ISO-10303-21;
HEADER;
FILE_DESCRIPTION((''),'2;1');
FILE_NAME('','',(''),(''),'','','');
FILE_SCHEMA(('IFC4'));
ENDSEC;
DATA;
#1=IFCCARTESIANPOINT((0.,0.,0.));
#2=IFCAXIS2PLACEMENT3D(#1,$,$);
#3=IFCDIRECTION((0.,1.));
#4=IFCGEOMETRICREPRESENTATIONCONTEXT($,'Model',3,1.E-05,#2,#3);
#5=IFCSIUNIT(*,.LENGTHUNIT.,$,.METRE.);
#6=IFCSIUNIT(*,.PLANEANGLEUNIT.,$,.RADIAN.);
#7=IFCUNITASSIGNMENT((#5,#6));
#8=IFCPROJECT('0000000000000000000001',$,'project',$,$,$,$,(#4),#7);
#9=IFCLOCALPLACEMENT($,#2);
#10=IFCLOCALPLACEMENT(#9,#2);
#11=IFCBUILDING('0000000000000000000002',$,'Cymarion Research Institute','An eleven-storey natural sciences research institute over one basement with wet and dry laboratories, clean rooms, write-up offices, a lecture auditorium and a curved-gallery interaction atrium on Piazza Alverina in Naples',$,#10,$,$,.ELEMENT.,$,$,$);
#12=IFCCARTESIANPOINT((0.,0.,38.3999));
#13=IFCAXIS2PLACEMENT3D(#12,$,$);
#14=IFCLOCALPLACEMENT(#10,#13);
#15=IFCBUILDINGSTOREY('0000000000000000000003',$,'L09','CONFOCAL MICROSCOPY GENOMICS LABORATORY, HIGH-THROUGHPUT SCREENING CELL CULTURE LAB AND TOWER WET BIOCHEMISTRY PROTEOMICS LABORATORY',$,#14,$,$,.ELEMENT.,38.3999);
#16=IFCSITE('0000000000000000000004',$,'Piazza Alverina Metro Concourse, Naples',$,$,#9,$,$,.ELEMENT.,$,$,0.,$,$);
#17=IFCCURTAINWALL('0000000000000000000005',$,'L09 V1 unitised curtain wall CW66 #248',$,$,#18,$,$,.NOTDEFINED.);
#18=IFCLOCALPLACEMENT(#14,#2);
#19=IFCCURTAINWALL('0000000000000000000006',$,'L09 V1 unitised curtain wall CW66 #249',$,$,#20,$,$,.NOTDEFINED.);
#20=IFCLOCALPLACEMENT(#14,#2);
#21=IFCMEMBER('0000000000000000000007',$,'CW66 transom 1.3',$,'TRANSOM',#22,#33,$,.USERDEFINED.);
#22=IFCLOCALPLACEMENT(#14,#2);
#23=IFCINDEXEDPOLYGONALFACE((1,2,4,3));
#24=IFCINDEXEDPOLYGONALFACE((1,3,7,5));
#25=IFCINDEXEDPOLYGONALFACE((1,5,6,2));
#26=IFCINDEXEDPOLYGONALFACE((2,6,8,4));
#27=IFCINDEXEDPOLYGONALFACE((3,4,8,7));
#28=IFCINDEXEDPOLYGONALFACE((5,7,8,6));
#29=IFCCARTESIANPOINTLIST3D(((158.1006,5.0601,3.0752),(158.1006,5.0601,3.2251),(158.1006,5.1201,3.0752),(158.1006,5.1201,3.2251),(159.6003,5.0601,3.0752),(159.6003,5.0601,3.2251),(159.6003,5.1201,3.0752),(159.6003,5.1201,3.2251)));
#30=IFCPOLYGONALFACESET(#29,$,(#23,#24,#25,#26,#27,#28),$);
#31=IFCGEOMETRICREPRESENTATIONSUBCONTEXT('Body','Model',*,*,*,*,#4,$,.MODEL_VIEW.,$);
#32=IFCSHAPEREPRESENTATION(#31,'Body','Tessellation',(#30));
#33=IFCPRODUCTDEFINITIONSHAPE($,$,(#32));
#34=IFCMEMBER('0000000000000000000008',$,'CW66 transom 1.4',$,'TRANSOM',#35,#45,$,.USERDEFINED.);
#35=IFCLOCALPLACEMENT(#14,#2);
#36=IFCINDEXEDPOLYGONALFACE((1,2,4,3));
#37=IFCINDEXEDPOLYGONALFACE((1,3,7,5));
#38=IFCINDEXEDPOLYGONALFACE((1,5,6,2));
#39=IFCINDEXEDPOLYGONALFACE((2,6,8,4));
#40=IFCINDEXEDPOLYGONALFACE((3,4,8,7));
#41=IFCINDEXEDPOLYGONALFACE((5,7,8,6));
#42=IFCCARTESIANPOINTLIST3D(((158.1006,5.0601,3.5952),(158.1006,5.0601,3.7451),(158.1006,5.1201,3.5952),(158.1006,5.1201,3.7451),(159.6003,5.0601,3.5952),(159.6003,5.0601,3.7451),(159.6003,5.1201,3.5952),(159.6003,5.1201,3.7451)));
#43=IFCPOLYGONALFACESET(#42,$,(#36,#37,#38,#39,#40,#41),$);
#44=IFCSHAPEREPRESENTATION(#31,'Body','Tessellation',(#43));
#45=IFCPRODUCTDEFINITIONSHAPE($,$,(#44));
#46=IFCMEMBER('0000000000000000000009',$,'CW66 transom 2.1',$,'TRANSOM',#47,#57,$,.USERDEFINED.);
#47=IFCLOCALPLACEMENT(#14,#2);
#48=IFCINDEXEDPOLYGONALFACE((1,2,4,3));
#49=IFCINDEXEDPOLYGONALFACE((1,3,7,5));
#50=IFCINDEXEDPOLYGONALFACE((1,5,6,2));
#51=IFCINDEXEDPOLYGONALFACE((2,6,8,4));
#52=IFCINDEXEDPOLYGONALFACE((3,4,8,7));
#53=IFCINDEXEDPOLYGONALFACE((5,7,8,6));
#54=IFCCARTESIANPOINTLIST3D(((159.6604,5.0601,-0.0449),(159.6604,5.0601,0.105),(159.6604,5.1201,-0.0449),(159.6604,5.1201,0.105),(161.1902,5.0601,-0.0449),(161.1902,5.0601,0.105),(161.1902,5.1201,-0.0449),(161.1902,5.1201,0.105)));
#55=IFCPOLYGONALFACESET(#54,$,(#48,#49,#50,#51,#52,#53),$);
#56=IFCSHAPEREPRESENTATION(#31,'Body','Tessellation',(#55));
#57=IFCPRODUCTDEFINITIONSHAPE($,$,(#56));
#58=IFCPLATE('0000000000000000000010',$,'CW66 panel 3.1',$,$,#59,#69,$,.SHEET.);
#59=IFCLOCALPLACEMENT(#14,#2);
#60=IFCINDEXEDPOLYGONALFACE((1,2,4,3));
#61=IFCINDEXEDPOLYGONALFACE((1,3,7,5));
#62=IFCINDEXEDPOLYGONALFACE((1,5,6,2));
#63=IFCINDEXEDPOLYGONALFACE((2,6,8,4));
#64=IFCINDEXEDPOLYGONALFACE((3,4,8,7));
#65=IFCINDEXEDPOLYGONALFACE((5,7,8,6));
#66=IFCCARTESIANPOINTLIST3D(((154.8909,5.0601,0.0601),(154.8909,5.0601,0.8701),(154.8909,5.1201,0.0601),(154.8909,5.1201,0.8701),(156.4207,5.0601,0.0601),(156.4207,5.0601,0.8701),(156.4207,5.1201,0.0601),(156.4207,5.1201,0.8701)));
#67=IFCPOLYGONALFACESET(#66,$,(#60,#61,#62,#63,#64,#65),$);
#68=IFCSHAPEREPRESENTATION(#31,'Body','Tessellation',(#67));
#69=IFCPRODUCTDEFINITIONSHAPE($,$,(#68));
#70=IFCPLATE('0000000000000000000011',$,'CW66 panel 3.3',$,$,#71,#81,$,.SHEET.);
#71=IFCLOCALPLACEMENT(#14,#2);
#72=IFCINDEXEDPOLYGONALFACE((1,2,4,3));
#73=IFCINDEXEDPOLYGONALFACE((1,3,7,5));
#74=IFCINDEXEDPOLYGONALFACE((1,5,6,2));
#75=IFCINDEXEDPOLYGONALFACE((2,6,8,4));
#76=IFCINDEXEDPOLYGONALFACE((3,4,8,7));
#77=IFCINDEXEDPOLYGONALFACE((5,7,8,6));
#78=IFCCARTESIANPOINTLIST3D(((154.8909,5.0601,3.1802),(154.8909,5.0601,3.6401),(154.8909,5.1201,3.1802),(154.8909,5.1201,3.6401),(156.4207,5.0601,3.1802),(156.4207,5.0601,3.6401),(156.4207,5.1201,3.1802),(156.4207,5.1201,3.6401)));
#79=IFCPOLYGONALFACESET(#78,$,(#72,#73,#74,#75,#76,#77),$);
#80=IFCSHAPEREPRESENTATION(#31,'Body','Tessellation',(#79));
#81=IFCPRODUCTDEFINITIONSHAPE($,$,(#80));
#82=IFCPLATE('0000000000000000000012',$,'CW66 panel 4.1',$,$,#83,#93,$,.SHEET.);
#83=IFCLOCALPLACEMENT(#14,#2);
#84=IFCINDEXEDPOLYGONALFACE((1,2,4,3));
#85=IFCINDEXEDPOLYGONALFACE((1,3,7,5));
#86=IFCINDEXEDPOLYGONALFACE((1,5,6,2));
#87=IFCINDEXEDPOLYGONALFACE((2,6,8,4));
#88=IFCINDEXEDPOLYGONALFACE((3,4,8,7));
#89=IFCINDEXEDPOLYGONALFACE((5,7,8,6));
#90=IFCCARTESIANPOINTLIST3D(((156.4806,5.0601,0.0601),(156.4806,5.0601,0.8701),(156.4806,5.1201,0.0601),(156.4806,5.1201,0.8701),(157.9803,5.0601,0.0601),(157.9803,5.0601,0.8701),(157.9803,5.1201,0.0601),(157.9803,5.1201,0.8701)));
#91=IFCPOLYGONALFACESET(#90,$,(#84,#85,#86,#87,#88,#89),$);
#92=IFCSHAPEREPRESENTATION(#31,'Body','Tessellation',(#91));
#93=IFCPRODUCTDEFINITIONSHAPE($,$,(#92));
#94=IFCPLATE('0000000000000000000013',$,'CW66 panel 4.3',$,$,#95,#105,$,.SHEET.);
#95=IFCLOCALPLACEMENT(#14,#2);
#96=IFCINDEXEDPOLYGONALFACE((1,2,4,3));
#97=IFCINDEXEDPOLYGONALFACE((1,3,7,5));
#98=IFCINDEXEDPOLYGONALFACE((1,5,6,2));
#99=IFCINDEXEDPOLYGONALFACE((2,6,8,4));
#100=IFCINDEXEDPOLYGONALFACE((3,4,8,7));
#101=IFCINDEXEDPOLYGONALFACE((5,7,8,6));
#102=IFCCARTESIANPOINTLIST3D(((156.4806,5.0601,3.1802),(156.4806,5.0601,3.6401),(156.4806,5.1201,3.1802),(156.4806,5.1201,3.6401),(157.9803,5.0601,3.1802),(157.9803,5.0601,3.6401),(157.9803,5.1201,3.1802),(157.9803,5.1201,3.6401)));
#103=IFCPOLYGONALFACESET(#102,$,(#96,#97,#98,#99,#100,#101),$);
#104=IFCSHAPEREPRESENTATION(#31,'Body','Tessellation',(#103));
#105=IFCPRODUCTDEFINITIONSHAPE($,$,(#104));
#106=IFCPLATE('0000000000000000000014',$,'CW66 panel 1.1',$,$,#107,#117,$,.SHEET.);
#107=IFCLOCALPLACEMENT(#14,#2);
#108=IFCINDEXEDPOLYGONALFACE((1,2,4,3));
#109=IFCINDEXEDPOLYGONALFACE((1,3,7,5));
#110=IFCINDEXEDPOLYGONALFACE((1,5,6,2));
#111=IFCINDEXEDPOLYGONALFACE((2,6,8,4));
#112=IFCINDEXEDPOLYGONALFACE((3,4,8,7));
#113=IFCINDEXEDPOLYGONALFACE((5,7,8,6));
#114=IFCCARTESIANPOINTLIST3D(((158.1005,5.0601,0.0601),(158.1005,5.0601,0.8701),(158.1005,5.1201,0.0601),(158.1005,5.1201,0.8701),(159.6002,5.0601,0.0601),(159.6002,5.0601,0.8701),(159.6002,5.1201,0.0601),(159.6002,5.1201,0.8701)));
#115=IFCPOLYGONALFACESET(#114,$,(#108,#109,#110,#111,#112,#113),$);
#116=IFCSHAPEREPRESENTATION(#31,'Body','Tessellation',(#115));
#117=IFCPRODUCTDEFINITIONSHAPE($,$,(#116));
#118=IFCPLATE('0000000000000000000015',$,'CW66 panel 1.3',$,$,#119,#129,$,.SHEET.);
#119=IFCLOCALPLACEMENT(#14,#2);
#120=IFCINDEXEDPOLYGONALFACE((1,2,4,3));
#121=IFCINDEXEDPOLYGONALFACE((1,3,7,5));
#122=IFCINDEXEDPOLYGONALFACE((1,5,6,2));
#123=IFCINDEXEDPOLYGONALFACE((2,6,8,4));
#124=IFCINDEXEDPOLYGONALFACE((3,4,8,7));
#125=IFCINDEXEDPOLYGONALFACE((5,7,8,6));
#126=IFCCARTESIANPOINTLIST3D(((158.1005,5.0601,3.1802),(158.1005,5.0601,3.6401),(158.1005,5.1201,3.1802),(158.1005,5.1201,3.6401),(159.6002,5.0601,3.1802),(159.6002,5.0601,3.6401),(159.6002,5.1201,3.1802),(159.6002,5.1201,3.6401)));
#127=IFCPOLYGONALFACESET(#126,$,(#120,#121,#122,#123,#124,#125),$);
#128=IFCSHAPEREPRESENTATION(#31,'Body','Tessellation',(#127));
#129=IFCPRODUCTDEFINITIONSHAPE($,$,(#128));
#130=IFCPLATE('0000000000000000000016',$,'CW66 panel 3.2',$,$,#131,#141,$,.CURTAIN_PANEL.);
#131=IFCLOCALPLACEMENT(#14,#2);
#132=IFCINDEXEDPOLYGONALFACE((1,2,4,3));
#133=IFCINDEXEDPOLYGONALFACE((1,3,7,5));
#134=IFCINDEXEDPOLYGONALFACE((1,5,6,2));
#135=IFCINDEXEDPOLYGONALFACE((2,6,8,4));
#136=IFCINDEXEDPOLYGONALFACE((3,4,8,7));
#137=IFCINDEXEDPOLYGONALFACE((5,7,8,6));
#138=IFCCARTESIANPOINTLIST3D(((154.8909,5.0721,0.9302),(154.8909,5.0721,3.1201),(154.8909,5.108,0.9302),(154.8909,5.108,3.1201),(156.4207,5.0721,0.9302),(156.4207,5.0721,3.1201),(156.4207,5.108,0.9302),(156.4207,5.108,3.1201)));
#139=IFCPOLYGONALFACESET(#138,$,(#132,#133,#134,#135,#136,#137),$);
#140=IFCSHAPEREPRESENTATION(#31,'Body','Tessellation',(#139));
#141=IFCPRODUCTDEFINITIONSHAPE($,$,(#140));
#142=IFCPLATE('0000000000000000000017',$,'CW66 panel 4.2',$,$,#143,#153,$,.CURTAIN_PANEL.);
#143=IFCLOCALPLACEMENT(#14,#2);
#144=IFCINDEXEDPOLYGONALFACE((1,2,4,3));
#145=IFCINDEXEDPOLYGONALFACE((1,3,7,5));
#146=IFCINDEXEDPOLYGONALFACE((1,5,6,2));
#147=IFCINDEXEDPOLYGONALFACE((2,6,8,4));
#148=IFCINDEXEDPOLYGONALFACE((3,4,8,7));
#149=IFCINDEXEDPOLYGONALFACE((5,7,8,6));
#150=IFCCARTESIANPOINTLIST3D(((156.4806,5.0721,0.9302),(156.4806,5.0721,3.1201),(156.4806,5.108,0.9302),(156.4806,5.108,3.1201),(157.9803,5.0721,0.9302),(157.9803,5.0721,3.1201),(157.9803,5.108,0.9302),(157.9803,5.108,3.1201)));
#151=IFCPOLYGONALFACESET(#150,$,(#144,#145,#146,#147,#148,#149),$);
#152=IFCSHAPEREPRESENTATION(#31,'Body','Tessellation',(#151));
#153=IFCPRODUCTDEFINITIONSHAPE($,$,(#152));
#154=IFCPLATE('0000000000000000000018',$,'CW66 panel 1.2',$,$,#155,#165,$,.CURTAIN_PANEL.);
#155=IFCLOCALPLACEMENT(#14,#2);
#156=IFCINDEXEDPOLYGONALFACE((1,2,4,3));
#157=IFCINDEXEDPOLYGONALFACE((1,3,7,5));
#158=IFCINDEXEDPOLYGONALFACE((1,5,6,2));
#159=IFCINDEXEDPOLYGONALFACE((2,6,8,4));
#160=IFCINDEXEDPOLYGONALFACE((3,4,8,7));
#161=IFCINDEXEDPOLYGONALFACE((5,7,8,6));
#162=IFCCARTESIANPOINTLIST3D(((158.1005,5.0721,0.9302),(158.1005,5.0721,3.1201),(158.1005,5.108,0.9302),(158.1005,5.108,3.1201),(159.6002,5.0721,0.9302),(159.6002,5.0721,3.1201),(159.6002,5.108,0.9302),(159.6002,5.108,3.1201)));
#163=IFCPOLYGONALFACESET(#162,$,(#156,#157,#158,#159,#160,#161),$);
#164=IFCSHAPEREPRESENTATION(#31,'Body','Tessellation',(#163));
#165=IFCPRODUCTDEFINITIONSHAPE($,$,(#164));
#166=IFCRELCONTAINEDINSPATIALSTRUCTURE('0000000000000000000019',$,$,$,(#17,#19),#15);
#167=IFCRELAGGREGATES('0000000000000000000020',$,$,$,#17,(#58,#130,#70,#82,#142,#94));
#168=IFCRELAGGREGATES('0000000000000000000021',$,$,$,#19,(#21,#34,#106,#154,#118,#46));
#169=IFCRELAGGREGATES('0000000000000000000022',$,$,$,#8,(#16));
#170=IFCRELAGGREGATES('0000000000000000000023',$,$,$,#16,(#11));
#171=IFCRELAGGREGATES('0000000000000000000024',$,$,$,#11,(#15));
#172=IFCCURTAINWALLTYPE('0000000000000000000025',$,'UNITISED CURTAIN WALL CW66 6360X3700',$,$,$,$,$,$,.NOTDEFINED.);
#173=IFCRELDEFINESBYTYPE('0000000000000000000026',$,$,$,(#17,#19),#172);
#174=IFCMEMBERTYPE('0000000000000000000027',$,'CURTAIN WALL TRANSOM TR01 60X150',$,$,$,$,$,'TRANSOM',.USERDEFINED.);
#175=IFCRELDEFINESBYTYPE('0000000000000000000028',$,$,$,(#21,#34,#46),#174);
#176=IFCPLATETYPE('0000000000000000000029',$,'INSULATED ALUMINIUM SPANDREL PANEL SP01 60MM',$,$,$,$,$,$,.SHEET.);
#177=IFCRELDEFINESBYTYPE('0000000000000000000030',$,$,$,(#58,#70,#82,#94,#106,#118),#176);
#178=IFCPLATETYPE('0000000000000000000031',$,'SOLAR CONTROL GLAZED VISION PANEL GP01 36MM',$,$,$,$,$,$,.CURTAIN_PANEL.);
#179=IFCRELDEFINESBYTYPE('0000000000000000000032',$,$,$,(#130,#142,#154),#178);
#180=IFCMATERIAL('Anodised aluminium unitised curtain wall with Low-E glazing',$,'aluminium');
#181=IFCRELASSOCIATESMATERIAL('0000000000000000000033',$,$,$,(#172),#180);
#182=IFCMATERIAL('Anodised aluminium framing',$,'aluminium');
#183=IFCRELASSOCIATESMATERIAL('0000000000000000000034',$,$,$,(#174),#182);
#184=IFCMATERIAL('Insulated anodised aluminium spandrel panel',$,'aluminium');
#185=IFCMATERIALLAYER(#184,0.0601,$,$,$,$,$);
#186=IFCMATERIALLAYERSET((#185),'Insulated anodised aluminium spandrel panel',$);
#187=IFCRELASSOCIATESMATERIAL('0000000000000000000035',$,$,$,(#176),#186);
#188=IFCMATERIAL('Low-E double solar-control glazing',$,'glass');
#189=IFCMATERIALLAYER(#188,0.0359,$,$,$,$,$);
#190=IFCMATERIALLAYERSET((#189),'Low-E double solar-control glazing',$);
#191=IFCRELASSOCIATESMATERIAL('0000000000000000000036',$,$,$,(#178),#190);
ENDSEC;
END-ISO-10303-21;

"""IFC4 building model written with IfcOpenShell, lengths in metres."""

from ifc_helpers import new_model, si_unit, direction, frame, origin, origin_2d, place, context, subcontext, project, spatial, rectangle, extrude, material, layer, layer_set, material_profile, profile_set, type_object, element, aggregate, save


model = new_model("IFC4")

# Units and contexts
model_context = context("Model", 3, precision=1e-05, world=origin(), true_north=direction((0.0, 1.0)))
body_context = subcontext(model_context, "Body", "Model", "MODEL_VIEW")
ifc_project = project(units=[si_unit("LENGTHUNIT", "METRE"), si_unit("PLANEANGLEUNIT", "RADIAN")], contexts=[model_context])

# Site, building, storey
site_placement = place(None, origin())
site = spatial("IfcSite", under=ifc_project, at=site_placement, Name="Piazza Alverina Metro Concourse, Naples", CompositionType="ELEMENT", RefElevation=0.0)
building_placement = place(site_placement, origin())
building = spatial("IfcBuilding", under=site, at=building_placement, Name="Cymarion Research Institute", Description="An eleven-storey natural sciences research institute over one basement with wet and dry laboratories, clean rooms, write-up offices, a lecture auditorium and a curved-gallery interaction atrium on Piazza Alverina in Naples", CompositionType="ELEMENT")
storey_placement = place(building_placement, frame((0.0, 0.0, 38.3999)))
storey = spatial("IfcBuildingStorey", under=building, at=storey_placement, Name="L09", Description="CONFOCAL MICROSCOPY GENOMICS LABORATORY, HIGH-THROUGHPUT SCREENING CELL CULTURE LAB AND TOWER WET BIOCHEMISTRY PROTEOMICS LABORATORY", CompositionType="ELEMENT", Elevation=38.3999)

# Curtain walls
ifc_material_1 = material(Name="Anodised aluminium unitised curtain wall with Low-E glazing", Category="aluminium")
curtain_wall_type = type_object("IfcCurtainWallType", Name="UNITISED CURTAIN WALL CW66 6360X3700", PredefinedType="NOTDEFINED", material=ifc_material_1)
curtain_wall_1_placement = place(storey_placement, origin())
curtain_wall_1 = element("IfcCurtainWall", 1, at=curtain_wall_1_placement, inside=storey, type_object=curtain_wall_type, Name="L09 V1 unitised curtain wall CW66 #248", PredefinedType="NOTDEFINED")
ifc_material_2 = material(Name="Anodised aluminium framing", Category="aluminium")
curtain_wall_2_placement = place(storey_placement, origin())
curtain_wall_2 = element("IfcCurtainWall", 2, at=curtain_wall_2_placement, inside=storey, type_object=curtain_wall_type, Name="L09 V1 unitised curtain wall CW66 #249", PredefinedType="NOTDEFINED")

# Members
ifc_material_profile_1 = material_profile(ifc_material_2, rectangle(XDim=0.0601, YDim=0.1499, at=origin_2d()), Name="ALU TRANSOM 60x150")
ifc_profile_set_1 = profile_set([ifc_material_profile_1], Name="Anodised aluminium framing")
member_type_1 = type_object("IfcMemberType", Name="CURTAIN WALL TRANSOM TR01 60X150", ElementType="TRANSOM", PredefinedType="USERDEFINED", material=ifc_profile_set_1)
member_1_placement = place(storey_placement, frame((158.1006, 5.0901, 3.1501), z_axis=(1.0, 0.0, 0.0), x_axis=(0.0, 1.0, 0.0)))
member_1 = element("IfcMember", 3, at=member_1_placement, type_object=member_type_1, Name="CW66 transom 1.3", ObjectType="TRANSOM", PredefinedType="USERDEFINED", context=body_context, shape_type="SweptSolid", body=[
    extrude(rectangle(XDim=0.0601, YDim=0.1499, at=origin_2d()), origin(), (0.0, 0.0, 1.0), 1.4998),
])
member_2_placement = place(storey_placement, frame((158.1006, 5.0901, 3.6702), z_axis=(1.0, 0.0, 0.0), x_axis=(0.0, 1.0, 0.0)))
member_2 = element("IfcMember", 4, at=member_2_placement, type_object=member_type_1, Name="CW66 transom 1.4", ObjectType="TRANSOM", PredefinedType="USERDEFINED", context=body_context, shape_type="SweptSolid", body=[
    extrude(rectangle(XDim=0.0601, YDim=0.1499, at=origin_2d()), origin(), (0.0, 0.0, 1.0), 1.4998),
])
member_3_placement = place(storey_placement, frame((159.6604, 5.0901, 0.03), z_axis=(1.0, 0.0, 0.0), x_axis=(0.0, 1.0, 0.0)))
member_3 = element("IfcMember", 5, at=member_3_placement, type_object=member_type_1, Name="CW66 transom 2.1", ObjectType="TRANSOM", PredefinedType="USERDEFINED", context=body_context, shape_type="SweptSolid", body=[
    extrude(rectangle(XDim=0.0601, YDim=0.1499, at=origin_2d()), origin(), (0.0, 0.0, 1.0), 1.5298),
])

# Plates
ifc_material_3 = material(Name="Insulated anodised aluminium spandrel panel", Category="aluminium")
ifc_layer_1 = layer(ifc_material_3, 0.0601)
ifc_layer_set_1 = layer_set([ifc_layer_1], Name="Insulated anodised aluminium spandrel panel")
plate_type_1 = type_object("IfcPlateType", Name="INSULATED ALUMINIUM SPANDREL PANEL SP01 60MM", PredefinedType="SHEET", material=ifc_layer_set_1)
plate_1_placement = place(storey_placement, frame((155.6558, 5.0901, 0.0601), z_axis=(0.0, 0.0, 1.0), x_axis=(1.0, 0.0, 0.0)))
plate_1 = element("IfcPlate", 6, at=plate_1_placement, type_object=plate_type_1, Name="CW66 panel 3.1", PredefinedType="SHEET", context=body_context, shape_type="SweptSolid", body=[
    extrude(rectangle(XDim=1.5298, YDim=0.0601, at=origin_2d()), origin(), (0.0, 0.0, 1.0), 0.8101),
])
plate_2_placement = place(storey_placement, frame((155.6558, 5.0901, 3.1802), z_axis=(0.0, 0.0, 1.0), x_axis=(1.0, 0.0, 0.0)))
plate_2 = element("IfcPlate", 7, at=plate_2_placement, type_object=plate_type_1, Name="CW66 panel 3.3", PredefinedType="SHEET", context=body_context, shape_type="SweptSolid", body=[
    extrude(rectangle(XDim=1.5298, YDim=0.0601, at=origin_2d()), origin(), (0.0, 0.0, 1.0), 0.46),
])
plate_3_placement = place(storey_placement, frame((157.2305, 5.0901, 0.0601), z_axis=(0.0, 0.0, 1.0), x_axis=(1.0, 0.0, 0.0)))
plate_3 = element("IfcPlate", 8, at=plate_3_placement, type_object=plate_type_1, Name="CW66 panel 4.1", PredefinedType="SHEET", context=body_context, shape_type="SweptSolid", body=[
    extrude(rectangle(XDim=1.4998, YDim=0.0601, at=origin_2d()), origin(), (0.0, 0.0, 1.0), 0.8101),
])
plate_4_placement = place(storey_placement, frame((157.2305, 5.0901, 3.1802), z_axis=(0.0, 0.0, 1.0), x_axis=(1.0, 0.0, 0.0)))
plate_4 = element("IfcPlate", 9, at=plate_4_placement, type_object=plate_type_1, Name="CW66 panel 4.3", PredefinedType="SHEET", context=body_context, shape_type="SweptSolid", body=[
    extrude(rectangle(XDim=1.4998, YDim=0.0601, at=origin_2d()), origin(), (0.0, 0.0, 1.0), 0.46),
])
plate_5_placement = place(storey_placement, frame((158.8503, 5.0901, 0.0601), z_axis=(0.0, 0.0, 1.0), x_axis=(1.0, 0.0, 0.0)))
plate_5 = element("IfcPlate", 10, at=plate_5_placement, type_object=plate_type_1, Name="CW66 panel 1.1", PredefinedType="SHEET", context=body_context, shape_type="SweptSolid", body=[
    extrude(rectangle(XDim=1.4998, YDim=0.0601, at=origin_2d()), origin(), (0.0, 0.0, 1.0), 0.8101),
])
plate_6_placement = place(storey_placement, frame((158.8503, 5.0901, 3.1802), z_axis=(0.0, 0.0, 1.0), x_axis=(1.0, 0.0, 0.0)))
plate_6 = element("IfcPlate", 11, at=plate_6_placement, type_object=plate_type_1, Name="CW66 panel 1.3", PredefinedType="SHEET", context=body_context, shape_type="SweptSolid", body=[
    extrude(rectangle(XDim=1.4998, YDim=0.0601, at=origin_2d()), origin(), (0.0, 0.0, 1.0), 0.46),
])
ifc_material_4 = material(Name="Low-E double solar-control glazing", Category="glass")
ifc_layer_2 = layer(ifc_material_4, 0.0359)
ifc_layer_set_2 = layer_set([ifc_layer_2], Name="Low-E double solar-control glazing")
plate_type_2 = type_object("IfcPlateType", Name="SOLAR CONTROL GLAZED VISION PANEL GP01 36MM", PredefinedType="CURTAIN_PANEL", material=ifc_layer_set_2)
plate_7_placement = place(storey_placement, frame((155.6558, 5.0901, 0.9302), z_axis=(0.0, 0.0, 1.0), x_axis=(1.0, 0.0, 0.0)))
plate_7 = element("IfcPlate", 12, at=plate_7_placement, type_object=plate_type_2, Name="CW66 panel 3.2", PredefinedType="CURTAIN_PANEL", context=body_context, shape_type="SweptSolid", body=[
    extrude(rectangle(XDim=1.5298, YDim=0.0359, at=origin_2d()), origin(), (0.0, 0.0, 1.0), 2.1899),
])
plate_8_placement = place(storey_placement, frame((157.2305, 5.0901, 0.9302), z_axis=(0.0, 0.0, 1.0), x_axis=(1.0, 0.0, 0.0)))
plate_8 = element("IfcPlate", 13, at=plate_8_placement, type_object=plate_type_2, Name="CW66 panel 4.2", PredefinedType="CURTAIN_PANEL", context=body_context, shape_type="SweptSolid", body=[
    extrude(rectangle(XDim=1.4998, YDim=0.0359, at=origin_2d()), origin(), (0.0, 0.0, 1.0), 2.1899),
])
aggregate(curtain_wall_1, [plate_1, plate_7, plate_2, plate_3, plate_8, plate_4])
plate_9_placement = place(storey_placement, frame((158.8503, 5.0901, 0.9302), z_axis=(0.0, 0.0, 1.0), x_axis=(1.0, 0.0, 0.0)))
plate_9 = element("IfcPlate", 14, at=plate_9_placement, type_object=plate_type_2, Name="CW66 panel 1.2", PredefinedType="CURTAIN_PANEL", context=body_context, shape_type="SweptSolid", body=[
    extrude(rectangle(XDim=1.4998, YDim=0.0359, at=origin_2d()), origin(), (0.0, 0.0, 1.0), 2.1899),
])
aggregate(curtain_wall_2, [member_1, member_2, plate_5, plate_9, plate_6, member_3])

save(model, "model.ifc")
